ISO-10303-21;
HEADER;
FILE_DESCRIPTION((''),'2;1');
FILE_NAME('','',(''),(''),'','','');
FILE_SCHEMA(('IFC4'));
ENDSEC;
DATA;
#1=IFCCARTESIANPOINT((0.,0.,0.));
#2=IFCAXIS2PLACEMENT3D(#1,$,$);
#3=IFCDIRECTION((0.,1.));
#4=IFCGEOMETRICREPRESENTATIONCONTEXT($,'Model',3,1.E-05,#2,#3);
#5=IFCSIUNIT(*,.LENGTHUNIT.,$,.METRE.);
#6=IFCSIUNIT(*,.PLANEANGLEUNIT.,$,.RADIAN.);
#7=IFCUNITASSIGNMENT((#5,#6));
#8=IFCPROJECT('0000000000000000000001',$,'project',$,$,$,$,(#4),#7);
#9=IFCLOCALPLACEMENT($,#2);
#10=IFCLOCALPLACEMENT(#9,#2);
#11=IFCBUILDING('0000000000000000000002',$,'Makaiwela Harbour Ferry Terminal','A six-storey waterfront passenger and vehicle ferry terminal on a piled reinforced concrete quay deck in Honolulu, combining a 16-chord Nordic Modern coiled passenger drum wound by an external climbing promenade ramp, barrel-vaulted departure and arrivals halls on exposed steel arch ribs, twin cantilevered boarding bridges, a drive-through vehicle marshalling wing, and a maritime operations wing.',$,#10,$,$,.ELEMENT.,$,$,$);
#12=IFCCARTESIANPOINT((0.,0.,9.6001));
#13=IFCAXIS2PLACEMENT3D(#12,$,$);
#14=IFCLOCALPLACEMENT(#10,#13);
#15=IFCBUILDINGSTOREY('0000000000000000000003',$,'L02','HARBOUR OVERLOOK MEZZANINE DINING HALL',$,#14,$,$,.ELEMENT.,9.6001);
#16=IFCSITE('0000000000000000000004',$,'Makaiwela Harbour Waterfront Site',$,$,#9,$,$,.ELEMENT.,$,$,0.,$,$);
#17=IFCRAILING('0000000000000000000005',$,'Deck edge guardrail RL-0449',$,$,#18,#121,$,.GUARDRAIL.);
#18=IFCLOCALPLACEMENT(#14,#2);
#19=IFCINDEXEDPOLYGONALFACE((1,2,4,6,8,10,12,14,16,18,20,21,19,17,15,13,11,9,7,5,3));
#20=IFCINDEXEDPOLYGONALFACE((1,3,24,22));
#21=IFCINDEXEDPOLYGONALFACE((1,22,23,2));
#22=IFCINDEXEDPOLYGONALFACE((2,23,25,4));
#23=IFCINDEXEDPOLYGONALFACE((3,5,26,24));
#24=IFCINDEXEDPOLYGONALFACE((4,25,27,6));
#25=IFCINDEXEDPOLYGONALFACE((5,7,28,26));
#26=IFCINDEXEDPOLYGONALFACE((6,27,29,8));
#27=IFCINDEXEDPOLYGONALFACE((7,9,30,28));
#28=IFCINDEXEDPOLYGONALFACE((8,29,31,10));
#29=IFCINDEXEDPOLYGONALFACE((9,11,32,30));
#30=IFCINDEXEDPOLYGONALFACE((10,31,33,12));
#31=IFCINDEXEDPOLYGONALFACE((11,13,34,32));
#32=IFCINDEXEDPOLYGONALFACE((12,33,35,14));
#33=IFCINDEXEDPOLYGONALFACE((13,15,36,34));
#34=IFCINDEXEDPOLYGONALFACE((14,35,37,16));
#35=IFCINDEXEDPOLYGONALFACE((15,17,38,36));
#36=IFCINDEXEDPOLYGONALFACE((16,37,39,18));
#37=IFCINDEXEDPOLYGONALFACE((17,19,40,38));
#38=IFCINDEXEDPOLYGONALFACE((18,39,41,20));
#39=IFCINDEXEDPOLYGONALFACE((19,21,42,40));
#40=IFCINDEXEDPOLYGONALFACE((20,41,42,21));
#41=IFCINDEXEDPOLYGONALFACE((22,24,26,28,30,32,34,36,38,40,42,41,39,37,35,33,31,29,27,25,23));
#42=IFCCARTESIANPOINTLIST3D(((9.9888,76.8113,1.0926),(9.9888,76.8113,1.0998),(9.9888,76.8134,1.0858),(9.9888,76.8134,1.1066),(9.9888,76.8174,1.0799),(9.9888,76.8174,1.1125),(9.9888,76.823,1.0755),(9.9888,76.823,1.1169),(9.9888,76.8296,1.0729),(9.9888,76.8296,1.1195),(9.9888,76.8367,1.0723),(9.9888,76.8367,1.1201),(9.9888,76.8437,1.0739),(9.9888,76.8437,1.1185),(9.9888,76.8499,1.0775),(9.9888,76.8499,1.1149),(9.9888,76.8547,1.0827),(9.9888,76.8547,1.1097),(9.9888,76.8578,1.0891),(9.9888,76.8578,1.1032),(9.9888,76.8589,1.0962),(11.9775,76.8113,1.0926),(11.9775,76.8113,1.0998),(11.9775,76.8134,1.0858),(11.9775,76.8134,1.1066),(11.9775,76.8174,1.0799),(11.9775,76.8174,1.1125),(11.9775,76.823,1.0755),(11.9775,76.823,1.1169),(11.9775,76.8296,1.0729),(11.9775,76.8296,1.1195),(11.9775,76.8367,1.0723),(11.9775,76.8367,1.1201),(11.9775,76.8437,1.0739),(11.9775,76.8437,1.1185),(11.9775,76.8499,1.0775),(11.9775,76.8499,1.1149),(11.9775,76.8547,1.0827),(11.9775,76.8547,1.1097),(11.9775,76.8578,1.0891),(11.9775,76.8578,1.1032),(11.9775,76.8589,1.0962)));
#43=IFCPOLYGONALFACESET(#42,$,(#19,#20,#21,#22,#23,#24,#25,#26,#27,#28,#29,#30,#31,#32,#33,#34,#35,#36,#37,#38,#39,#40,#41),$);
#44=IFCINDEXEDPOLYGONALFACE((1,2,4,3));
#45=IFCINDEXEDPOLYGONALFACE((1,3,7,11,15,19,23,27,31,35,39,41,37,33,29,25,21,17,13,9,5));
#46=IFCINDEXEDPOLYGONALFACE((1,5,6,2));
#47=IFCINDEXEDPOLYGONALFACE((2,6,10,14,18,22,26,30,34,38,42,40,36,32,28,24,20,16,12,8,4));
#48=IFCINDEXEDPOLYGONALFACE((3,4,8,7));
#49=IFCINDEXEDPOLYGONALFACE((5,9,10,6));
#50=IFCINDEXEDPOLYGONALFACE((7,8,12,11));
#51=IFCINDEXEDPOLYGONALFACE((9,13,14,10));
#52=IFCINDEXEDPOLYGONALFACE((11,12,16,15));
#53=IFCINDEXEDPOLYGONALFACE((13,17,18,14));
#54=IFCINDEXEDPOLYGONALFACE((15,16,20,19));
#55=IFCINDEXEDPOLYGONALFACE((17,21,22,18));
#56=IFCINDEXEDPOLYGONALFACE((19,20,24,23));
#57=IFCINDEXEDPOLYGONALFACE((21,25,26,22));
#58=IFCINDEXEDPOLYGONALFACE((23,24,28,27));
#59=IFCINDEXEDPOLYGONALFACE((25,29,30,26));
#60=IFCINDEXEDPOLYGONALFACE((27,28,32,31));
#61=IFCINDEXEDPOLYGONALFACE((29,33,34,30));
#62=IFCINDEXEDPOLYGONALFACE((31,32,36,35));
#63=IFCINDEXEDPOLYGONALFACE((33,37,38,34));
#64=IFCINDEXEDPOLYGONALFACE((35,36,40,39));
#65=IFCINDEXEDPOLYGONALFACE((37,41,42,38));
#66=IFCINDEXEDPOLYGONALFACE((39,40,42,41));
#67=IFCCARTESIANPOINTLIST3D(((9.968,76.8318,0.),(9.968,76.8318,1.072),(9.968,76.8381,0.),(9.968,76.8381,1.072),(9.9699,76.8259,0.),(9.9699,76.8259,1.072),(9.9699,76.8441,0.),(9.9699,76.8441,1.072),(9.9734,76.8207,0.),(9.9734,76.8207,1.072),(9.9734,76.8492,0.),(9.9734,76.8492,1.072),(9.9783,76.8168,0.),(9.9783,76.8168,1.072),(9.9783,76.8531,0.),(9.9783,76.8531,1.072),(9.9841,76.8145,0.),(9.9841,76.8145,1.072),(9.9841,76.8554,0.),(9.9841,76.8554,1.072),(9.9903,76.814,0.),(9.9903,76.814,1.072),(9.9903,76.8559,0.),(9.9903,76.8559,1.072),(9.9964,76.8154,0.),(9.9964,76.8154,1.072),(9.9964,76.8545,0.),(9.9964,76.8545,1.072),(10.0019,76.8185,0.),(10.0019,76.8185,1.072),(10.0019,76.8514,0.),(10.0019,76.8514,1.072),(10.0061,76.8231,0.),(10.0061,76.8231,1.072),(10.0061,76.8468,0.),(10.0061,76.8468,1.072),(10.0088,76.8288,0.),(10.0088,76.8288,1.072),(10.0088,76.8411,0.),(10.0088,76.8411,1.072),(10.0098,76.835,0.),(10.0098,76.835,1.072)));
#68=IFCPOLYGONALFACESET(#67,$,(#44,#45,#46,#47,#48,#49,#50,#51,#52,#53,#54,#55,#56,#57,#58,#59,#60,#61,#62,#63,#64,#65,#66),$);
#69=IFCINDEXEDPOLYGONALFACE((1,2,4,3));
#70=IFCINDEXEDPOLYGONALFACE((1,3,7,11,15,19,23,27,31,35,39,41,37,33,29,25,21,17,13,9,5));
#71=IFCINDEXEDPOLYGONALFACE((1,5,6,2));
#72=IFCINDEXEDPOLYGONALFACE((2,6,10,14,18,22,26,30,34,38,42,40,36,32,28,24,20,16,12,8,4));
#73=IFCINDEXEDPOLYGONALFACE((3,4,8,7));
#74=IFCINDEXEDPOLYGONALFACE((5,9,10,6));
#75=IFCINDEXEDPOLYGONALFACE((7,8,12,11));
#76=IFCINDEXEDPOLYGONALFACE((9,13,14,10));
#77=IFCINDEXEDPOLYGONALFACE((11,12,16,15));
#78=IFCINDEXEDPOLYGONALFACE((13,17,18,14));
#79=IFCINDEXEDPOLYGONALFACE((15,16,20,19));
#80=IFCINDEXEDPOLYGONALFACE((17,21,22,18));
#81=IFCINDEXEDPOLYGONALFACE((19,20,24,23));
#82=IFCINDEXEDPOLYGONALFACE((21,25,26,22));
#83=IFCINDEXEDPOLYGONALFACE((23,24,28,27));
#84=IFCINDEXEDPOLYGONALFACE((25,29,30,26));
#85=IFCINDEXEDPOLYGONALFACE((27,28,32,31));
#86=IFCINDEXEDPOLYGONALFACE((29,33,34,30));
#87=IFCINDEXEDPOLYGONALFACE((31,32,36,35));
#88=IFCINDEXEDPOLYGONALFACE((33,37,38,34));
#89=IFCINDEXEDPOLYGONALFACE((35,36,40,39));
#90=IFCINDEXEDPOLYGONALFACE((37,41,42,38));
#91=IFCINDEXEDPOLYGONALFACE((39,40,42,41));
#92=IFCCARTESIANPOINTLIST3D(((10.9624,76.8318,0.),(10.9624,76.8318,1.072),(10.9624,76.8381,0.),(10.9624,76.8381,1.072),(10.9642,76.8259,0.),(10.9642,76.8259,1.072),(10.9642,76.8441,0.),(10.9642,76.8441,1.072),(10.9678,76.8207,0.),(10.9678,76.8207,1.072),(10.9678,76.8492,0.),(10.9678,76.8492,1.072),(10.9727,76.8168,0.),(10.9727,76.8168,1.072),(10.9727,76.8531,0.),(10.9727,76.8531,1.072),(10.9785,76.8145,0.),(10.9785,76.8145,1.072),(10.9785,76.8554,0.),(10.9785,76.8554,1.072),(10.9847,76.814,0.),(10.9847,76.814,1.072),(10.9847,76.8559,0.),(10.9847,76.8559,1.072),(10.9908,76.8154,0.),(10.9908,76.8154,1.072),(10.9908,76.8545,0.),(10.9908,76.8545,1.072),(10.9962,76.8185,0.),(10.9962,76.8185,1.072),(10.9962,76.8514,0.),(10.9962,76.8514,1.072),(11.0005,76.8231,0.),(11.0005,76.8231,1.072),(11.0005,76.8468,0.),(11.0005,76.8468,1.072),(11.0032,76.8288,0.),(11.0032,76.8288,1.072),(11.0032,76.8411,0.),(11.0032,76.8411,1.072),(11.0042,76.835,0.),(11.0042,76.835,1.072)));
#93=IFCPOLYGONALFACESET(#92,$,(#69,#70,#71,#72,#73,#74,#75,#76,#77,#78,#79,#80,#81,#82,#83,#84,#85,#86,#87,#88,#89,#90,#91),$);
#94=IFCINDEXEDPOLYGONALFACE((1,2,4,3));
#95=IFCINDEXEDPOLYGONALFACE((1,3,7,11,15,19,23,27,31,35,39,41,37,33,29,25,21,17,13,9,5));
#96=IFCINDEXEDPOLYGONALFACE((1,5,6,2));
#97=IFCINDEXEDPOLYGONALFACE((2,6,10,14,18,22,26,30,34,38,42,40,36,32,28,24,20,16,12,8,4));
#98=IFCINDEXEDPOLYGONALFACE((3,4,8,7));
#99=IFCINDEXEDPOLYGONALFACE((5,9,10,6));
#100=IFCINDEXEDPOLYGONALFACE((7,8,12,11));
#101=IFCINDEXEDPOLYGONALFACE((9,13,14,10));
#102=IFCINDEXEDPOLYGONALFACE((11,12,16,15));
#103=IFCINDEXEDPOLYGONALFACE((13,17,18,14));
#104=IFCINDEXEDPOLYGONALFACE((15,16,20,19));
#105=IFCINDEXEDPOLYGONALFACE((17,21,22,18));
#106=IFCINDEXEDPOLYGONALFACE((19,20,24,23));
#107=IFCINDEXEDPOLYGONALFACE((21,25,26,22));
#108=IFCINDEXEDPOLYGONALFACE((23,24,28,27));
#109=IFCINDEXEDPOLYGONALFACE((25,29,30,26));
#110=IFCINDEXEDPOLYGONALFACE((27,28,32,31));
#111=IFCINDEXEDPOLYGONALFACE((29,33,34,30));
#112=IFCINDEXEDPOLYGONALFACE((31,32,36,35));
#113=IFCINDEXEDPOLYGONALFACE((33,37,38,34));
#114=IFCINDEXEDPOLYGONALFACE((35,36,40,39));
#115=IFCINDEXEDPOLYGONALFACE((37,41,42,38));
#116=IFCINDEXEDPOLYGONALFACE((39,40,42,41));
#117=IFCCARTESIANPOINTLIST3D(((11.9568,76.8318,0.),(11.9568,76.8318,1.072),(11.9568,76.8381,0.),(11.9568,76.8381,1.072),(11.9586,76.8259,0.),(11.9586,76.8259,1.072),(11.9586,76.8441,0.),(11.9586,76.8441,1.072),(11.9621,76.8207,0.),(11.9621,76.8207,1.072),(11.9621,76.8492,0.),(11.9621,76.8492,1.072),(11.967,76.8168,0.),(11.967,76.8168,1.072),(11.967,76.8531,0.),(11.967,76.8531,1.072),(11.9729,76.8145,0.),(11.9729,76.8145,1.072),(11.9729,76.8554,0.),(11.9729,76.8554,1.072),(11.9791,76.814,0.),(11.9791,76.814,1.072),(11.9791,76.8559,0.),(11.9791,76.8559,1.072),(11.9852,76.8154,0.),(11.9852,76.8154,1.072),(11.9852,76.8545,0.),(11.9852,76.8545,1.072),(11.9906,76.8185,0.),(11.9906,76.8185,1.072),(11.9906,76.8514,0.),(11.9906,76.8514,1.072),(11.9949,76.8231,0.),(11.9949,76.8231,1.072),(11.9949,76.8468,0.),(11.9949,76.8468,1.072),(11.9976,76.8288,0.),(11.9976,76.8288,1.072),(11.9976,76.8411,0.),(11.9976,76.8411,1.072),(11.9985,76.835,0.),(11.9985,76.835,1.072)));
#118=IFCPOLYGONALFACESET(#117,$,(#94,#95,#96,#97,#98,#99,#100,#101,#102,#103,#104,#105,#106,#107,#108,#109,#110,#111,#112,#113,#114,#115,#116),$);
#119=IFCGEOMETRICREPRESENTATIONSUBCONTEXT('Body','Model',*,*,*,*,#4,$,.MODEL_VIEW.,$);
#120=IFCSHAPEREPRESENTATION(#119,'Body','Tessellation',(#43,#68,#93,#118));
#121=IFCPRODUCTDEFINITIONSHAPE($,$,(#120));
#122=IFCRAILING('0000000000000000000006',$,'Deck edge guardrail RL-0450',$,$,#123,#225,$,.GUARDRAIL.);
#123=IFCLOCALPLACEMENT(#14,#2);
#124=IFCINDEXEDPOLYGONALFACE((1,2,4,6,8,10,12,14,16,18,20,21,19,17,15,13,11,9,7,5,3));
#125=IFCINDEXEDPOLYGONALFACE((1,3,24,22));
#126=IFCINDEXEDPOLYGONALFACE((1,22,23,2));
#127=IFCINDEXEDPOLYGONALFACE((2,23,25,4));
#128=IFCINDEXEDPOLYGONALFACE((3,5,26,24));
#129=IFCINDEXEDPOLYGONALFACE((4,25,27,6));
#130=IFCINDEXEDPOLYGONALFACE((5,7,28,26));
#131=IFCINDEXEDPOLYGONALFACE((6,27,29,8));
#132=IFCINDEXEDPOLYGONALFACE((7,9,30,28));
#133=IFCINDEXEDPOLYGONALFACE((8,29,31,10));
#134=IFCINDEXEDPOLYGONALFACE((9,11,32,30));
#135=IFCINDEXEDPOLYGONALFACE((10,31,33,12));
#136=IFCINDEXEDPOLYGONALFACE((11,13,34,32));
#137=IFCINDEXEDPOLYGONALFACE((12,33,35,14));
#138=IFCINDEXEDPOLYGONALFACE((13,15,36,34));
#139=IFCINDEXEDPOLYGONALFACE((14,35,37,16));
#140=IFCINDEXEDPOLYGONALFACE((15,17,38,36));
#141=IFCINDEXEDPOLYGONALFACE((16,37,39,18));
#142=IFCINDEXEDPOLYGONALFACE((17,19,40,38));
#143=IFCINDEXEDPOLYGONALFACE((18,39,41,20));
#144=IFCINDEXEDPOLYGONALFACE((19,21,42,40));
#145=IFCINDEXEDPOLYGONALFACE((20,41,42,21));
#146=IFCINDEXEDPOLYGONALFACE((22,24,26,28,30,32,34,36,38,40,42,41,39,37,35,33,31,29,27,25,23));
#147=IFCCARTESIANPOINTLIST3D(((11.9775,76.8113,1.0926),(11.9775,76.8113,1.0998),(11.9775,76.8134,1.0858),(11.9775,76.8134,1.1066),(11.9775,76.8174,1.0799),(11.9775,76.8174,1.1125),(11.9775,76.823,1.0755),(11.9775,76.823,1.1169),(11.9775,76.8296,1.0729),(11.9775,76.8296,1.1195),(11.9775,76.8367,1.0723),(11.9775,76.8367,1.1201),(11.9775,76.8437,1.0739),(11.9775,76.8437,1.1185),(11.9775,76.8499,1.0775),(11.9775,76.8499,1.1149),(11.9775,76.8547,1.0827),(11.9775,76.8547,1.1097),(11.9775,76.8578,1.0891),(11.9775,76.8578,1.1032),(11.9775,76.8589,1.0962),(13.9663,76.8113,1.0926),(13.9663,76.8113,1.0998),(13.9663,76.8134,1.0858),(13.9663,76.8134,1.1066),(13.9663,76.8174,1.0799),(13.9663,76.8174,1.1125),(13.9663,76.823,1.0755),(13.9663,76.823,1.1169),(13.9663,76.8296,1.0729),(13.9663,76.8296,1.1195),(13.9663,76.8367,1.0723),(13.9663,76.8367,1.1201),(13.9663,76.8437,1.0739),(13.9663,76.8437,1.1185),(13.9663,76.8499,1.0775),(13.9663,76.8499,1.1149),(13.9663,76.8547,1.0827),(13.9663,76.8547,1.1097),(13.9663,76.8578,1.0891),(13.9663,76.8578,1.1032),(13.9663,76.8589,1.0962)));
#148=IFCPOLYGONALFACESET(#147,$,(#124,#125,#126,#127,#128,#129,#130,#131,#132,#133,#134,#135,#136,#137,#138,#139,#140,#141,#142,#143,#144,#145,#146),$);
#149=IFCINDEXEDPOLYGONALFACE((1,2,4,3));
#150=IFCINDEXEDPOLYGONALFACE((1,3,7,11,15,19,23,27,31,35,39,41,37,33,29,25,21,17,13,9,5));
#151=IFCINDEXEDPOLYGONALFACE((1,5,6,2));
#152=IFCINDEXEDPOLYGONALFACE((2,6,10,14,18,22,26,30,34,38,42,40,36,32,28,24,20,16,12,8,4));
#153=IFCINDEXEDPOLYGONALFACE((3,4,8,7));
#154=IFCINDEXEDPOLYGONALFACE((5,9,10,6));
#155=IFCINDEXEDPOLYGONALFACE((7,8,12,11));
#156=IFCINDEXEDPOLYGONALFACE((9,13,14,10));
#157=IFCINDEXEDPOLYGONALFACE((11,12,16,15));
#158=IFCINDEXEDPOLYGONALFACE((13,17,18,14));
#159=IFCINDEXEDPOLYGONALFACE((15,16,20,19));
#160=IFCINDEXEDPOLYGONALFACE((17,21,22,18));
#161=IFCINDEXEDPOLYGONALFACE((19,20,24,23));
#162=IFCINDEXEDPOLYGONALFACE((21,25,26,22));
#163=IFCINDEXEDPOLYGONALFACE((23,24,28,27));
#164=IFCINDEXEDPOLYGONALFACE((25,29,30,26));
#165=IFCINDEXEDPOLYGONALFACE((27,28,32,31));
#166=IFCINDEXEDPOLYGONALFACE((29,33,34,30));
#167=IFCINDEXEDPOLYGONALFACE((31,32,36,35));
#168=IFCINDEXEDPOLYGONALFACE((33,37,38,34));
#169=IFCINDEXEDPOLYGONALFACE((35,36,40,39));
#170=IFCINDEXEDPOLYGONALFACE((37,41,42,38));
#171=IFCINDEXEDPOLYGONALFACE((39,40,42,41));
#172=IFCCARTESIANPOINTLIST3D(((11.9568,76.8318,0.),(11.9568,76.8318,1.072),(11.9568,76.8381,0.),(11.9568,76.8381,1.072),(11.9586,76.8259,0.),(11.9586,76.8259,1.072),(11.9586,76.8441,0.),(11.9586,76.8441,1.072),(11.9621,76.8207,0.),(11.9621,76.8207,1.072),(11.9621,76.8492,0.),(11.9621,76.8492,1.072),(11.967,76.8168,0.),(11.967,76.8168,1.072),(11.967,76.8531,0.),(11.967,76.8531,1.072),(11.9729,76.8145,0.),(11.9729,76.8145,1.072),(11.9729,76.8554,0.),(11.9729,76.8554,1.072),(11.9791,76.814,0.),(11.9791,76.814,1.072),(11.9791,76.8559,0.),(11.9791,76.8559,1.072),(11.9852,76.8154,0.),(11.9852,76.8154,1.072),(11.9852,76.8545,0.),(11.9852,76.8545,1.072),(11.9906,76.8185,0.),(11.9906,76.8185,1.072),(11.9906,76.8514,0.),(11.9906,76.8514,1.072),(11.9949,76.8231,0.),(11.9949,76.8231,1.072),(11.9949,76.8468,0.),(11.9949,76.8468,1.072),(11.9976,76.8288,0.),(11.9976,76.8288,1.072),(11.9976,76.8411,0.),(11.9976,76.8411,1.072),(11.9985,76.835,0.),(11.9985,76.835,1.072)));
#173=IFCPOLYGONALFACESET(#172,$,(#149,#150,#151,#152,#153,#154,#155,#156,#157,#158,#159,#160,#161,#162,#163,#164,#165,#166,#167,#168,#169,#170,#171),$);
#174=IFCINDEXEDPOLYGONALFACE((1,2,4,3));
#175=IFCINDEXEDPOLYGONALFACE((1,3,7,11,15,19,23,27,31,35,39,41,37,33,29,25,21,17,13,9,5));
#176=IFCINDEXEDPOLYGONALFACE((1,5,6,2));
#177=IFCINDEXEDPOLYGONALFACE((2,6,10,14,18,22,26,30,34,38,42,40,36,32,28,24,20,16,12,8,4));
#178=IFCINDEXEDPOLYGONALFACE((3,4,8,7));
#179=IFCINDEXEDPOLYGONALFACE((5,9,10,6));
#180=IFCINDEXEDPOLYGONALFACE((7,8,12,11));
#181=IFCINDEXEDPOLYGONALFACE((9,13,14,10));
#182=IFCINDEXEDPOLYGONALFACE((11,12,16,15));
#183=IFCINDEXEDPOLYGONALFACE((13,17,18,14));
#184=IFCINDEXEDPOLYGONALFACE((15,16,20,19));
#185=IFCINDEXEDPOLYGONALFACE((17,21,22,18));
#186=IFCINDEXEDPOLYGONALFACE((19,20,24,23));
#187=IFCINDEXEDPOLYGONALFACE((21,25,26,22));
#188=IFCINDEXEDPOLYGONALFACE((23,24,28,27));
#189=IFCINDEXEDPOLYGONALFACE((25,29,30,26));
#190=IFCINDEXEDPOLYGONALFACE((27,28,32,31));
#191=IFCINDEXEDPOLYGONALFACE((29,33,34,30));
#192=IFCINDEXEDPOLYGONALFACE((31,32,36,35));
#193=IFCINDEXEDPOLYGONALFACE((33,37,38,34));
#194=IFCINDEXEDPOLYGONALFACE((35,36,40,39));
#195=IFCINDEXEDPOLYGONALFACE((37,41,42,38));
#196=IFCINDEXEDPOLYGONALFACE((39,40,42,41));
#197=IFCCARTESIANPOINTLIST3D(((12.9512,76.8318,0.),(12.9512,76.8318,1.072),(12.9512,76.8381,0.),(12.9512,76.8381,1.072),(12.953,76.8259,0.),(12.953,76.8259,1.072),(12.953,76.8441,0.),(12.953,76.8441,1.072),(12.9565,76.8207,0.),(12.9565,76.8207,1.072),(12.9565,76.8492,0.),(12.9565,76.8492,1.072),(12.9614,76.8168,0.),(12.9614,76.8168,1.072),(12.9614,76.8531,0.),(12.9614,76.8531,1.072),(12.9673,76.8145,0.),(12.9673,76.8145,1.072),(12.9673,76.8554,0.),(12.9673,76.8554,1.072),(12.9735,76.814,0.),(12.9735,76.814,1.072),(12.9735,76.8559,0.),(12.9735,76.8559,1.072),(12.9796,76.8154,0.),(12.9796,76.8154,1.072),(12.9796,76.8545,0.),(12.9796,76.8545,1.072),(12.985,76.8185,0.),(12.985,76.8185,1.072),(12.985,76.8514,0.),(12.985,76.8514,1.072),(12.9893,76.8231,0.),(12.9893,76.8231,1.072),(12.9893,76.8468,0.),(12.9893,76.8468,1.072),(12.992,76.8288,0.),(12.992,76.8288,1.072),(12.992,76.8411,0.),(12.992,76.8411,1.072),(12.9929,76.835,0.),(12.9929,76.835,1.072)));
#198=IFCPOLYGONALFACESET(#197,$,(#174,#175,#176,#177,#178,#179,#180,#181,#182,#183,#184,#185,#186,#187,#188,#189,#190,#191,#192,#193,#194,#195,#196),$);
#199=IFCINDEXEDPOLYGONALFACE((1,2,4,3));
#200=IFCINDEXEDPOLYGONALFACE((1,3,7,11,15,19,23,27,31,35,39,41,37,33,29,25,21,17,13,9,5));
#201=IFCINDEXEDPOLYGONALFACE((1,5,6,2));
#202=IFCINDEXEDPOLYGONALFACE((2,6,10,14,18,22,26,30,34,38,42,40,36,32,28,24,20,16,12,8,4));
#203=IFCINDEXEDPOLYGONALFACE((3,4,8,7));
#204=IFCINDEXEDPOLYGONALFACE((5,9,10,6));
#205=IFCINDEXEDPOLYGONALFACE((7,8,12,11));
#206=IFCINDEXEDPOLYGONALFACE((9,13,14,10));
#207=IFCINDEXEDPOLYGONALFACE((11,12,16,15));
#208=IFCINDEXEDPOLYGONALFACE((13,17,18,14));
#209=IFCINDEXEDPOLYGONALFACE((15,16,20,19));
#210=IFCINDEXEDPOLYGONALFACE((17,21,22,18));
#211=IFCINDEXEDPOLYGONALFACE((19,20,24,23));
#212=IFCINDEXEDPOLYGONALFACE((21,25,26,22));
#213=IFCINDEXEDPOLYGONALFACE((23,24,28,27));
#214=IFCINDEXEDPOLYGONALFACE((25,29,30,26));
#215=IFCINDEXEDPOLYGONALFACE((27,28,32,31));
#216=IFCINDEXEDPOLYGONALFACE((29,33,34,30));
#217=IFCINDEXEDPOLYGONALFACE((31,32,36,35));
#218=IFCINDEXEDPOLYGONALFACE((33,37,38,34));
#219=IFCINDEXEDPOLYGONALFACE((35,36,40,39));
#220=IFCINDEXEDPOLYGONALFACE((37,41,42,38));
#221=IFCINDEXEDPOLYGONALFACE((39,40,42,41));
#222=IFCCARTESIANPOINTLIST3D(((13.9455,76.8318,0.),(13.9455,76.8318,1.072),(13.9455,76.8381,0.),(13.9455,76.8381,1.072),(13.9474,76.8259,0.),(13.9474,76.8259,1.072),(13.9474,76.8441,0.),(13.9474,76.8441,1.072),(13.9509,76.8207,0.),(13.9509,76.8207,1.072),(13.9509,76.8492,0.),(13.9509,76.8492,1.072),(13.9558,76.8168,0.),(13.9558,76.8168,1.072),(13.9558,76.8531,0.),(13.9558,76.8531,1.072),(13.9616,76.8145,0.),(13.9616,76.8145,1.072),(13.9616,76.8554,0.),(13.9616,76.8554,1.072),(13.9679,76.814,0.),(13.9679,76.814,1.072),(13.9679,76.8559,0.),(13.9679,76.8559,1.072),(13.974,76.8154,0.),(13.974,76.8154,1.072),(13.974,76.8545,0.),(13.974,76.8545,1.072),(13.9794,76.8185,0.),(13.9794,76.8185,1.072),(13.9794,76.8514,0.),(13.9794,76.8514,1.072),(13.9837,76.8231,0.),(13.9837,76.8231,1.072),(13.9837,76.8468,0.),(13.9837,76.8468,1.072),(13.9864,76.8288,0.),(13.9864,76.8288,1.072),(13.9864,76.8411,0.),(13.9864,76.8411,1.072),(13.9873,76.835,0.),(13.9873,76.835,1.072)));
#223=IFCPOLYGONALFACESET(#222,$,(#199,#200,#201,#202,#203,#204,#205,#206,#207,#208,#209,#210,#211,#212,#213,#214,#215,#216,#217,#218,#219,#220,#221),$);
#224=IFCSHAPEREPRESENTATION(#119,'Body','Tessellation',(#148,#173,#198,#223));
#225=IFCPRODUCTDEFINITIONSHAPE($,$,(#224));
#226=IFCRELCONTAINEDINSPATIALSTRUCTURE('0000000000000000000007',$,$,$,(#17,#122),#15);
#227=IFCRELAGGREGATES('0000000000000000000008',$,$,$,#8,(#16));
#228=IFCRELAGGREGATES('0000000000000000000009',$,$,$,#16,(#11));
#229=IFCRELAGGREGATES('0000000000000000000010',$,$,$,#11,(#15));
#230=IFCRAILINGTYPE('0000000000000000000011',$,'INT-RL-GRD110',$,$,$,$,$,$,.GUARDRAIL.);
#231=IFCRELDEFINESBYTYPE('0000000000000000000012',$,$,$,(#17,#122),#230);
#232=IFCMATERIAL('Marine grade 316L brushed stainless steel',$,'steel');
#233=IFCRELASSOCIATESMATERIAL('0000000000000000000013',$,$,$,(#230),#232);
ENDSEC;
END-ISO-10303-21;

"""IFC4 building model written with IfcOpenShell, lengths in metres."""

from ifc_helpers import new_model, si_unit, direction, frame, origin, origin_2d, place, context, subcontext, project, spatial, circle, extrude, material, type_object, element, save


model = new_model("IFC4")

# Units and contexts
model_context = context("Model", 3, precision=1e-05, world=origin(), true_north=direction((0.0, 1.0)))
body_context = subcontext(model_context, "Body", "Model", "MODEL_VIEW")
ifc_project = project(units=[si_unit("LENGTHUNIT", "METRE"), si_unit("PLANEANGLEUNIT", "RADIAN")], contexts=[model_context])

# Site, building, storey
site_placement = place(None, origin())
site = spatial("IfcSite", under=ifc_project, at=site_placement, Name="Makaiwela Harbour Waterfront Site", CompositionType="ELEMENT", RefElevation=0.0)
building_placement = place(site_placement, origin())
building = spatial("IfcBuilding", under=site, at=building_placement, Name="Makaiwela Harbour Ferry Terminal", Description="A six-storey waterfront passenger and vehicle ferry terminal on a piled reinforced concrete quay deck in Honolulu, combining a 16-chord Nordic Modern coiled passenger drum wound by an external climbing promenade ramp, barrel-vaulted departure and arrivals halls on exposed steel arch ribs, twin cantilevered boarding bridges, a drive-through vehicle marshalling wing, and a maritime operations wing.", CompositionType="ELEMENT")
storey_placement = place(building_placement, frame((0.0, 0.0, 9.6001)))
storey = spatial("IfcBuildingStorey", under=building, at=storey_placement, Name="L02", Description="HARBOUR OVERLOOK MEZZANINE DINING HALL", CompositionType="ELEMENT", Elevation=9.6001)

# Railings
ifc_material_1 = material(Name="Marine grade 316L brushed stainless steel", Category="steel")
railing_type = type_object("IfcRailingType", Name="INT-RL-GRD110", PredefinedType="GUARDRAIL", material=ifc_material_1)
for number, where, name in (
    (1, (9.9888, 76.835, 0.0), "Deck edge guardrail RL-0449"),
    (2, (11.9775, 76.835, 0.0), "Deck edge guardrail RL-0450"),
):
    element("IfcRailing", number, at=place(storey_placement, frame(where)), inside=storey, type_object=railing_type, Name=name, PredefinedType="GUARDRAIL", context=body_context, shape_type="SweptSolid", body=[
        extrude(circle(Radius=0.0239, at=origin_2d()), frame((0.0, 0.0, 1.0962), z_axis=(1.0, 0.0, 0.0), x_axis=(0.0, 1.0, 0.0)), (0.0, 0.0, 1.0), 1.9888),
        extrude(circle(Radius=0.021, at=origin_2d()), origin(), (0.0, 0.0, 1.0), 1.072),
        extrude(circle(Radius=0.021, at=origin_2d()), frame((0.9944, 0.0, 0.0)), (0.0, 0.0, 1.0), 1.072),
        extrude(circle(Radius=0.021, at=origin_2d()), frame((1.9888, 0.0, 0.0)), (0.0, 0.0, 1.0), 1.072),
    ])

save(model, "model.ifc")
